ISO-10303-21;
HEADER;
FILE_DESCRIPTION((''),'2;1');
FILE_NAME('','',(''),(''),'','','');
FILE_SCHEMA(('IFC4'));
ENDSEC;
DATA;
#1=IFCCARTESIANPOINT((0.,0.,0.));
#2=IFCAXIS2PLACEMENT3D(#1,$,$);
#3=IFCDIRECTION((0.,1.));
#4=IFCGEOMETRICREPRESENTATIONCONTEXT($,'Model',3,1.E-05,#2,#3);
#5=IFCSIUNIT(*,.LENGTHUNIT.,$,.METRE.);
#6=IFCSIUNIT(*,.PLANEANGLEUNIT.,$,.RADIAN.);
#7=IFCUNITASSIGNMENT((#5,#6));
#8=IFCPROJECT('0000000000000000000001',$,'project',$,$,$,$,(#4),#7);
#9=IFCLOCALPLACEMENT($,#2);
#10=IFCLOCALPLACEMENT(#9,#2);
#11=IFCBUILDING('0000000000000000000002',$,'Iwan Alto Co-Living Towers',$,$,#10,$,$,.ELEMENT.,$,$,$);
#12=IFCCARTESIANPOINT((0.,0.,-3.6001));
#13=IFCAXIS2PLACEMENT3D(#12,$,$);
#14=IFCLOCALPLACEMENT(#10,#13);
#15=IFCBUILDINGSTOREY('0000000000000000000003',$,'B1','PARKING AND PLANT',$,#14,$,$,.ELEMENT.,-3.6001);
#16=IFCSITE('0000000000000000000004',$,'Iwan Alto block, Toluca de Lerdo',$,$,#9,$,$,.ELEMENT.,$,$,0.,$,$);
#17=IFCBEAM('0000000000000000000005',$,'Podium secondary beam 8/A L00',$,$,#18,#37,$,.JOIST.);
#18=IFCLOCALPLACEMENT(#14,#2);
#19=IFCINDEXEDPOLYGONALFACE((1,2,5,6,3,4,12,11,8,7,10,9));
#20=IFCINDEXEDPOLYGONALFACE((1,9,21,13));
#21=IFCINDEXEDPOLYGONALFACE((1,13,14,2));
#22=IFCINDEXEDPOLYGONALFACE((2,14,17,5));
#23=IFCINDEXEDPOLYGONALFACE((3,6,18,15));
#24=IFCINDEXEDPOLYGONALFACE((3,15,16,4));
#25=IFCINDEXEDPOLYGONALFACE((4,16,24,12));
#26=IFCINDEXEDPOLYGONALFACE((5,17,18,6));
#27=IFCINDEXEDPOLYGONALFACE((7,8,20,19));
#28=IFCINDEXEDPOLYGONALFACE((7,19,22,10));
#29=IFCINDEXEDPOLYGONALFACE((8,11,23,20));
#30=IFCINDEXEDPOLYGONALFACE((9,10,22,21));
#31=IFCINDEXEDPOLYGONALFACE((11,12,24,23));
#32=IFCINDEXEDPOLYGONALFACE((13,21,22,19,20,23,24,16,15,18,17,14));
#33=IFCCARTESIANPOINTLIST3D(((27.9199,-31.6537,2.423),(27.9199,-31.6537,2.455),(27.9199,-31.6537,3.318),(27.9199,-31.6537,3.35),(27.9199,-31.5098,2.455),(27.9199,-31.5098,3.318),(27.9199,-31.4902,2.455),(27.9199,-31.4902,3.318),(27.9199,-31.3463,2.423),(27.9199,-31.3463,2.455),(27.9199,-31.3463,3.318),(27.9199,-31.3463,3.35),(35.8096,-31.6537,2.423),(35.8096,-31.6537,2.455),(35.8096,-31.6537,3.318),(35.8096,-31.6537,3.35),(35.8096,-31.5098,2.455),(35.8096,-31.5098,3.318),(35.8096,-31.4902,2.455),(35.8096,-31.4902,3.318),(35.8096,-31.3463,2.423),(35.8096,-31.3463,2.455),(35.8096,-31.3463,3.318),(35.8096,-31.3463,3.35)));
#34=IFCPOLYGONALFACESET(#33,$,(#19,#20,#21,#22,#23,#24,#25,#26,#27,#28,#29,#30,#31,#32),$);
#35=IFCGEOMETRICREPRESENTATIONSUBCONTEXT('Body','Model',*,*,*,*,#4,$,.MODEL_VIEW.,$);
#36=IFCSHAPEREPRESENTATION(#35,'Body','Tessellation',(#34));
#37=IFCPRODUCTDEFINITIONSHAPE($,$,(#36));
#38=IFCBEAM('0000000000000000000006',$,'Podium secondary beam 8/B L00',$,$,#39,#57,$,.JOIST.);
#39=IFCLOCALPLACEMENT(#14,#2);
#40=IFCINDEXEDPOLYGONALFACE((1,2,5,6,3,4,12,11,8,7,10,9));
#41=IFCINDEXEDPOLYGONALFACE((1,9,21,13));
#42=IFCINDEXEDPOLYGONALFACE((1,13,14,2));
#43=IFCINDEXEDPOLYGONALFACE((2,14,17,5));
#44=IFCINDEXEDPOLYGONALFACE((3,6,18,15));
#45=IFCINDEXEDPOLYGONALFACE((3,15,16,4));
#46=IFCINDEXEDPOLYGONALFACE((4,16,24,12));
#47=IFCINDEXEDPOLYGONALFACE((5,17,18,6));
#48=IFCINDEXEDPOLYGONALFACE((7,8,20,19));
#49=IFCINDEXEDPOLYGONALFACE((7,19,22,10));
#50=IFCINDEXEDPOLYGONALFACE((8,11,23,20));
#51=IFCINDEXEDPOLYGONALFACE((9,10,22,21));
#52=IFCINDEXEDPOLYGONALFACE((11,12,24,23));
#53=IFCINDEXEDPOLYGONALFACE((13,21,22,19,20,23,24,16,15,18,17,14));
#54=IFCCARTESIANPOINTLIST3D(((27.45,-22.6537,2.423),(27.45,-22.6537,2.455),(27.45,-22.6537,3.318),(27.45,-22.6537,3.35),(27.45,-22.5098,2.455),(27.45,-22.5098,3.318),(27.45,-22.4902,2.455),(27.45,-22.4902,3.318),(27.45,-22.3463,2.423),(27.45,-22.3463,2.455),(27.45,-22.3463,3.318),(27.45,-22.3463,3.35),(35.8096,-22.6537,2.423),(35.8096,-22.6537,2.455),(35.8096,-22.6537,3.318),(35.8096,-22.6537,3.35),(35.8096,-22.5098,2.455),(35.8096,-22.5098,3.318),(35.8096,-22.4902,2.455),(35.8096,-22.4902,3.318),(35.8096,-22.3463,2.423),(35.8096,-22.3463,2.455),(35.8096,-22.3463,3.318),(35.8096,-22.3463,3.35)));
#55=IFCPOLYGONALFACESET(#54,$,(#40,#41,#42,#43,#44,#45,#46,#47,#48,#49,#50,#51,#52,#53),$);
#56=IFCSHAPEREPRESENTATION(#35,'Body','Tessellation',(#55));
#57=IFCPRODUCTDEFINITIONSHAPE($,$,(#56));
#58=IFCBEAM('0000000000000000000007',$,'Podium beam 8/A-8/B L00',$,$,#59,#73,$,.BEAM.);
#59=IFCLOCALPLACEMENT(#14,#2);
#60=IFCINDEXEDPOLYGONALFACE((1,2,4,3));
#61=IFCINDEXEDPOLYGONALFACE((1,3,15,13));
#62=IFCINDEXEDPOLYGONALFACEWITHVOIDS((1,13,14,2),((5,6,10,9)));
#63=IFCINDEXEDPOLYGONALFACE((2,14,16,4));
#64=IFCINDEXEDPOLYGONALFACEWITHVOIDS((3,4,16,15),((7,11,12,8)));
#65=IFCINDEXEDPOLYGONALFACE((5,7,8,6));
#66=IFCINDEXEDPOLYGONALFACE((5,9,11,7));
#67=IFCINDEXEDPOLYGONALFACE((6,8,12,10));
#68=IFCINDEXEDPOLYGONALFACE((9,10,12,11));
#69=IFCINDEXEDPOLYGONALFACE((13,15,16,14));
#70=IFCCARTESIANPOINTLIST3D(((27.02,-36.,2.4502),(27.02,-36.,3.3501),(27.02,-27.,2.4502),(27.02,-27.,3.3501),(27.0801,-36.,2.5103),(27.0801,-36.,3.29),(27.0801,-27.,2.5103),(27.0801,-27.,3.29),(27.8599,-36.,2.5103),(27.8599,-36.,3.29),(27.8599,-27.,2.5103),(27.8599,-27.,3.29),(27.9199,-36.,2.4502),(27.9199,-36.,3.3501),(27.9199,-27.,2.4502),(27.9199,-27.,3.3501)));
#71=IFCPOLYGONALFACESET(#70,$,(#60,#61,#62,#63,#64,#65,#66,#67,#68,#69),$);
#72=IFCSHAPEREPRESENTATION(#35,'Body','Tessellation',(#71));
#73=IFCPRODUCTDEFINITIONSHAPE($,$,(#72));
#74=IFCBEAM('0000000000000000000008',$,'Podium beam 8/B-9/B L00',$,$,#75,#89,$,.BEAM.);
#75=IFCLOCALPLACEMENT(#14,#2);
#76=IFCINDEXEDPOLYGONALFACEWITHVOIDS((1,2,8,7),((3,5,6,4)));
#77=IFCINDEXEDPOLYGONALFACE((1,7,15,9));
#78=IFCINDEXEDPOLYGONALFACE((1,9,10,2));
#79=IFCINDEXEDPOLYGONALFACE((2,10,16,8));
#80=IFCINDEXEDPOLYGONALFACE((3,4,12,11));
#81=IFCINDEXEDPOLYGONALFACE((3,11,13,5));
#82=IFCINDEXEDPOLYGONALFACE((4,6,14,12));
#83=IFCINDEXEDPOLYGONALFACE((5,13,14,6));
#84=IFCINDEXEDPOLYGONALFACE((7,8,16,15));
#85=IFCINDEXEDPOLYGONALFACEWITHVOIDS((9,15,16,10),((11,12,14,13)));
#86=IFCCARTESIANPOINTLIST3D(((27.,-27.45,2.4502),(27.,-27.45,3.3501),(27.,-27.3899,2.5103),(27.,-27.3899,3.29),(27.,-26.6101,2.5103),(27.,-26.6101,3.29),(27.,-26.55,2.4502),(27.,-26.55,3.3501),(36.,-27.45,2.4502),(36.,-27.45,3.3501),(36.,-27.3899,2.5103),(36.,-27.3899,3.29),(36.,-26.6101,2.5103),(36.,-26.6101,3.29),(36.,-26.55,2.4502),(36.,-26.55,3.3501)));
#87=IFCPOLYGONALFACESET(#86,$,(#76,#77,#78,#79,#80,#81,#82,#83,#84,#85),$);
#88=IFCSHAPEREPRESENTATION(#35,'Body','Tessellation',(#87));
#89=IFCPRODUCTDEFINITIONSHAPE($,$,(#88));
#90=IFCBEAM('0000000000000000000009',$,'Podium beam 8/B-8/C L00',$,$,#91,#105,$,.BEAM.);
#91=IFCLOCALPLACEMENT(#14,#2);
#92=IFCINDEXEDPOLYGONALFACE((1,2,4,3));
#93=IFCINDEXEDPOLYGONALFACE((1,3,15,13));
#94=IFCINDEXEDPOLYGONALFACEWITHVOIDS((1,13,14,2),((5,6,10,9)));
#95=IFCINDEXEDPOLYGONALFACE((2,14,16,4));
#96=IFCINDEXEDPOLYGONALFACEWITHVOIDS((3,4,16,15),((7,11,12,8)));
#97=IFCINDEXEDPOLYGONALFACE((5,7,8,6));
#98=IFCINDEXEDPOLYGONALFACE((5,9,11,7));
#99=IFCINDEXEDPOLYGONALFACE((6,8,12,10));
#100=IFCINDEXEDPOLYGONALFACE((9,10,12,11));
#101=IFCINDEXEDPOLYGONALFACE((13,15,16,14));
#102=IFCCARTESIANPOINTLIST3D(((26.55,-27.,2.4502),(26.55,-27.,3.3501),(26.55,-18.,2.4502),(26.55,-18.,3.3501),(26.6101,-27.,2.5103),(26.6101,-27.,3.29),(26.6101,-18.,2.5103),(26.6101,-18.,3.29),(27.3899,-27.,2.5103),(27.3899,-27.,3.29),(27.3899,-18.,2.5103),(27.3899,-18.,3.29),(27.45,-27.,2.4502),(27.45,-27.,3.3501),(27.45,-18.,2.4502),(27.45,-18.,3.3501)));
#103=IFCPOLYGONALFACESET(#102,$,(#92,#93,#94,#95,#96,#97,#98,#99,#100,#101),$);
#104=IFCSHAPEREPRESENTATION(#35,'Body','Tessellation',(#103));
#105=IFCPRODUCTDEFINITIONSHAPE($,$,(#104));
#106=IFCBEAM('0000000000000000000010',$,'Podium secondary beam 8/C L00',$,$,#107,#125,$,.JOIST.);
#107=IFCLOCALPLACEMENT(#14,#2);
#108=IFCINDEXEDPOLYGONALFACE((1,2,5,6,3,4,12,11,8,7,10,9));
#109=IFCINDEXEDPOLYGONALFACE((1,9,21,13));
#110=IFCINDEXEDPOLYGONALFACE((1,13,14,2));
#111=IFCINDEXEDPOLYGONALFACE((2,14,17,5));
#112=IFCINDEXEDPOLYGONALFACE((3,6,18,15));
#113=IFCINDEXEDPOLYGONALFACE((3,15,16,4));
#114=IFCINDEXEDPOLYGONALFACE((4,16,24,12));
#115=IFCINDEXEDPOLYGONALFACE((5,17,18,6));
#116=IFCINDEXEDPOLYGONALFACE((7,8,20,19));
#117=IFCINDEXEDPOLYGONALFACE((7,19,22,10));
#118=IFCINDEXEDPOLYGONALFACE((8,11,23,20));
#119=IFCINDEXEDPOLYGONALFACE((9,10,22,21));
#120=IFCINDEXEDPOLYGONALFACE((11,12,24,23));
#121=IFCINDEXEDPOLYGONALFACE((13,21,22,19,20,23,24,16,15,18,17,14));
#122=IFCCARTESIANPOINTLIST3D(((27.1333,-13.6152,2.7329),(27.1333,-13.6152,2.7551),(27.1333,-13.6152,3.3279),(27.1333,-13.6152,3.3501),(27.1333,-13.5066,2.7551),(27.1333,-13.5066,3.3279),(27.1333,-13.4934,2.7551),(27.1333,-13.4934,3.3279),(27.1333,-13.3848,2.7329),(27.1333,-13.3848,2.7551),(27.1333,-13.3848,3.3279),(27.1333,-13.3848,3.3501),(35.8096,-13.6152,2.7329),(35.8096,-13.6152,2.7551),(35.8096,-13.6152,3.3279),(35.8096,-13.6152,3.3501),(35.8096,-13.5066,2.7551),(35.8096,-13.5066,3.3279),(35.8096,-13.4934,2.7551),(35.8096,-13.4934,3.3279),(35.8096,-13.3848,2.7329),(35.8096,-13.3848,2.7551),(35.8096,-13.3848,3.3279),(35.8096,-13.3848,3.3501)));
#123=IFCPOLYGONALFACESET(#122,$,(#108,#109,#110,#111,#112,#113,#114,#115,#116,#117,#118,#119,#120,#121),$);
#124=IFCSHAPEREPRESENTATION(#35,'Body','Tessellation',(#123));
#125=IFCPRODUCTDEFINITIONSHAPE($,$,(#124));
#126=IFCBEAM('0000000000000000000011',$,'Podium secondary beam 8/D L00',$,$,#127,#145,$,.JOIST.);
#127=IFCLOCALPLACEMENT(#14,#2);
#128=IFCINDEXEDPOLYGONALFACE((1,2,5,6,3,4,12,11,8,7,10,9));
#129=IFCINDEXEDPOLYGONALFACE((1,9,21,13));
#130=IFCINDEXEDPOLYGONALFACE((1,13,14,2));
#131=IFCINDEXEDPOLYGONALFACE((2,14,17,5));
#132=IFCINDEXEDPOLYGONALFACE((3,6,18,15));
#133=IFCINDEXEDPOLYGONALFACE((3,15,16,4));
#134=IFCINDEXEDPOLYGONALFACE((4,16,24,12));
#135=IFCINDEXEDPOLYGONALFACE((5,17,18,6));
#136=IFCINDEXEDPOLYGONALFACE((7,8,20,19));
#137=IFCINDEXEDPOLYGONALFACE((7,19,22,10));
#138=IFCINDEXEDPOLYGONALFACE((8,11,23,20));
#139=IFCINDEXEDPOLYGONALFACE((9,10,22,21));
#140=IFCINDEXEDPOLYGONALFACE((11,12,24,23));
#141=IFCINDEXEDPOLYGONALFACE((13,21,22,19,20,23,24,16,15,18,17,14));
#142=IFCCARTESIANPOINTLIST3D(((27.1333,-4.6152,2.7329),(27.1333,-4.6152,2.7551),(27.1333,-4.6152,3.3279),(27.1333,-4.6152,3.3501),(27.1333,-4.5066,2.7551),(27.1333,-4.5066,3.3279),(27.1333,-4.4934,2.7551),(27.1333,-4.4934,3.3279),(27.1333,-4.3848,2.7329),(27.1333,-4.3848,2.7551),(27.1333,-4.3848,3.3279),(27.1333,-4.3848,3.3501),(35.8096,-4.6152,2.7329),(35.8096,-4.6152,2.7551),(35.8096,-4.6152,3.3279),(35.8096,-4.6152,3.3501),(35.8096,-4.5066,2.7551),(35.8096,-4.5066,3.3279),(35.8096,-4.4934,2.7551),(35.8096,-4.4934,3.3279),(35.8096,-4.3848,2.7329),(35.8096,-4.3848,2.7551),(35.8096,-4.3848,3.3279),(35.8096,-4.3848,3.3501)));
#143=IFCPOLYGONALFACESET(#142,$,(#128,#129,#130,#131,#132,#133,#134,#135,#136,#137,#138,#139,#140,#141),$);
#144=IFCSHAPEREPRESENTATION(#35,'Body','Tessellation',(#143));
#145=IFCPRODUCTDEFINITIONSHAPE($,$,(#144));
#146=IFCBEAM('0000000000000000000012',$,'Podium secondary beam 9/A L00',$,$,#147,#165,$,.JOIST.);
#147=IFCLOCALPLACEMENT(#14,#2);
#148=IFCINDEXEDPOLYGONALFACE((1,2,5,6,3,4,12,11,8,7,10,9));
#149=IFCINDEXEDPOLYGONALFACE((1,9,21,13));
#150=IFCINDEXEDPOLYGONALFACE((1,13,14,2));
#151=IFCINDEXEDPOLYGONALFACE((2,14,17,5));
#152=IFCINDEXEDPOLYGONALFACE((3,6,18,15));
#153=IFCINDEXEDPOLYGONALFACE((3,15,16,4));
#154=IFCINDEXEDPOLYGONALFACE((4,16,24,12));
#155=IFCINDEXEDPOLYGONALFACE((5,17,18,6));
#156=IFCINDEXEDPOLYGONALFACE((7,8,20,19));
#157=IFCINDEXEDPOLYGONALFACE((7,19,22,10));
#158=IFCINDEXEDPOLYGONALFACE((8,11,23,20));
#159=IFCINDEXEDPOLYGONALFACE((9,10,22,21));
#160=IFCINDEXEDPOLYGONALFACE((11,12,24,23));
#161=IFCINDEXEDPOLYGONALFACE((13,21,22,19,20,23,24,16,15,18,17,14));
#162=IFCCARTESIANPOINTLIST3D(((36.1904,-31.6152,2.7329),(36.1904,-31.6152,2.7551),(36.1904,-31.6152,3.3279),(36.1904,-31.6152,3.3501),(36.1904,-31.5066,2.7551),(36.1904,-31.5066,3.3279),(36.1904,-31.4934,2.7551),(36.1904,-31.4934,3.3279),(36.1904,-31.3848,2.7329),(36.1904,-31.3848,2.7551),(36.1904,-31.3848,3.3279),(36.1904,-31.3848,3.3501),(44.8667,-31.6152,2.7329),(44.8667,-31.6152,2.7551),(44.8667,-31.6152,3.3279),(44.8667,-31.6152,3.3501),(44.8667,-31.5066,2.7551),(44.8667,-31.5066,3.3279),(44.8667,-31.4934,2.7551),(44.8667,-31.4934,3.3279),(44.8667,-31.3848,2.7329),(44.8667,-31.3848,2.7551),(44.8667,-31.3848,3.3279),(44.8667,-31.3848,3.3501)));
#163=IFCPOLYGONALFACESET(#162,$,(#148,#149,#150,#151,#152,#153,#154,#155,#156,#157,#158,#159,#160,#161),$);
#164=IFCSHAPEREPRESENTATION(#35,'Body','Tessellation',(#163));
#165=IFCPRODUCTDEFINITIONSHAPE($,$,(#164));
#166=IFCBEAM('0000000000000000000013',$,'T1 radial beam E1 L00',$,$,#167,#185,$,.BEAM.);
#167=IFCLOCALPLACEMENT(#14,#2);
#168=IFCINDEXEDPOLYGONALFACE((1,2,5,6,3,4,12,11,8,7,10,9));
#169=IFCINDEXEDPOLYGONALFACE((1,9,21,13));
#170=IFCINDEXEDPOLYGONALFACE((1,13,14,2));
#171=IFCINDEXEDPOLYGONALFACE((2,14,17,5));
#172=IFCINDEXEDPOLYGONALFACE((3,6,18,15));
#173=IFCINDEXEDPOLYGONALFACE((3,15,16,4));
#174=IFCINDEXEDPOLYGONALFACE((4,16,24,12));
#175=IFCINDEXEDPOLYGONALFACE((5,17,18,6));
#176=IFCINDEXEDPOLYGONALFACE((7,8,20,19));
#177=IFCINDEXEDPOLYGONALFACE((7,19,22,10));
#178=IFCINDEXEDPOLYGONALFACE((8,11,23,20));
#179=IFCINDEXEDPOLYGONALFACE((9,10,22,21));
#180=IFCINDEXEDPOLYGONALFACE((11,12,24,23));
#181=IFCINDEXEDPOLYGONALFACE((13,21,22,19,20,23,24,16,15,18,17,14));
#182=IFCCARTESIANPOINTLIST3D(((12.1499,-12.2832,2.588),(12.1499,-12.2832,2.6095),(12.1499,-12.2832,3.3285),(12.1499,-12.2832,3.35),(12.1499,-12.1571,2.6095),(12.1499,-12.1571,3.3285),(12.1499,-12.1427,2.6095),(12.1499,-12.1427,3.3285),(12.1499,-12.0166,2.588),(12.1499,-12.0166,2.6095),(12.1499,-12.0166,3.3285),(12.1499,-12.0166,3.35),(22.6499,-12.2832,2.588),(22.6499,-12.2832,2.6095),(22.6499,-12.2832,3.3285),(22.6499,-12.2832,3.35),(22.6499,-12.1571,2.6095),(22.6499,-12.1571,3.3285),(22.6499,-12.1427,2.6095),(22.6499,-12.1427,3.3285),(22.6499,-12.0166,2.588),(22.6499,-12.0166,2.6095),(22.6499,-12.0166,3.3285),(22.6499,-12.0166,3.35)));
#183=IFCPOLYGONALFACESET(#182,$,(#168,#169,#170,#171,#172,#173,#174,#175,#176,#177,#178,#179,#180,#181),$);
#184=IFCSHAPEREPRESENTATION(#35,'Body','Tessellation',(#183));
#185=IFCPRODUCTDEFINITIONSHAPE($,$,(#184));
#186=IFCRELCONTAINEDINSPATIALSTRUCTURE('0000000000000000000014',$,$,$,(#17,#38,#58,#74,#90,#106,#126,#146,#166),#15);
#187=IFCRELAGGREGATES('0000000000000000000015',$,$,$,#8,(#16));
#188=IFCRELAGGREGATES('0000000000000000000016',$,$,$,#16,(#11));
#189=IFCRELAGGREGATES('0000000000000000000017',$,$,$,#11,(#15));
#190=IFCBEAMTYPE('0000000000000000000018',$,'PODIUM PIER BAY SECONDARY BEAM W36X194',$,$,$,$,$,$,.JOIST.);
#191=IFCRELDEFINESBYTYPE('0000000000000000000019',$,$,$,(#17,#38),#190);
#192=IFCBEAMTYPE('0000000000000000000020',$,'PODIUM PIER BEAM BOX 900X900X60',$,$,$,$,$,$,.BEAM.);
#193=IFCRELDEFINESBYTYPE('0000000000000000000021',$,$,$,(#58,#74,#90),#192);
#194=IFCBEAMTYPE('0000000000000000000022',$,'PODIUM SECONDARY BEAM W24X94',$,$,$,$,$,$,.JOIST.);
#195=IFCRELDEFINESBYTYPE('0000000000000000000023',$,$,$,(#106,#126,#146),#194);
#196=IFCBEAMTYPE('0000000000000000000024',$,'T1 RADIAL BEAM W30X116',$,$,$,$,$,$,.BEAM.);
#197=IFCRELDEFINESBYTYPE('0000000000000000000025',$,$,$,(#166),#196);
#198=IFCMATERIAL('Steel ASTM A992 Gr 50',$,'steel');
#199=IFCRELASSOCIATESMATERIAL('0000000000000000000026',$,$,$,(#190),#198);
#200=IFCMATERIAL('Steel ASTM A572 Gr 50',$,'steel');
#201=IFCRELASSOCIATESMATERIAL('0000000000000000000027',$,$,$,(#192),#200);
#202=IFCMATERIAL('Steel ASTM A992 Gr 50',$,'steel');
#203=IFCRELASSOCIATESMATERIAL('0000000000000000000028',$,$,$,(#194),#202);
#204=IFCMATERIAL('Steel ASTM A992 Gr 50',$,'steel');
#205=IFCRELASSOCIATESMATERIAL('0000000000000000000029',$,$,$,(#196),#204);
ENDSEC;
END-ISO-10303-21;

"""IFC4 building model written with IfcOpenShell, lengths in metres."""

from ifc_helpers import new_model, si_unit, direction, frame, origin, origin_2d, place, context, subcontext, project, spatial, hollow_rectangle, i_section, extrude, material, material_profile, profile_set, type_object, element, save


model = new_model("IFC4")

# Units and contexts
model_context = context("Model", 3, precision=1e-05, world=origin(), true_north=direction((0.0, 1.0)))
body_context = subcontext(model_context, "Body", "Model", "MODEL_VIEW")
ifc_project = project(units=[si_unit("LENGTHUNIT", "METRE"), si_unit("PLANEANGLEUNIT", "RADIAN")], contexts=[model_context])

# Site, building, storey
site_placement = place(None, origin())
site = spatial("IfcSite", under=ifc_project, at=site_placement, Name="Iwan Alto block, Toluca de Lerdo", CompositionType="ELEMENT", RefElevation=0.0)
building_placement = place(site_placement, origin())
building = spatial("IfcBuilding", under=site, at=building_placement, Name="Iwan Alto Co-Living Towers", CompositionType="ELEMENT")
storey_placement = place(building_placement, frame((0.0, 0.0, -3.6001)))
storey = spatial("IfcBuildingStorey", under=building, at=storey_placement, Name="B1", Description="PARKING AND PLANT", CompositionType="ELEMENT", Elevation=-3.6001)

# Beams
ifc_material_1 = material(Name="Steel ASTM A992 Gr 50", Category="steel")
ifc_material_profile_1 = material_profile(ifc_material_1, i_section(OverallWidth=0.3074, OverallDepth=0.927, WebThickness=0.0195, FlangeThickness=0.032, at=origin_2d()), Name="W36X194")
ifc_profile_set_1 = profile_set([ifc_material_profile_1], Name="Steel ASTM A992 Gr 50")
beam_type_1 = type_object("IfcBeamType", Name="PODIUM PIER BAY SECONDARY BEAM W36X194", PredefinedType="JOIST", material=ifc_profile_set_1)
beam_1_placement = place(storey_placement, frame((27.9199, -31.5, 2.8865), z_axis=(1.0, 0.0, 0.0), x_axis=(0.0, 1.0, 0.0)))
element("IfcBeam", 1, at=beam_1_placement, inside=storey, type_object=beam_type_1, Name="Podium secondary beam 8/A L00", PredefinedType="JOIST", context=body_context, shape_type="SweptSolid", body=[
    extrude(i_section(OverallWidth=0.3074, OverallDepth=0.927, WebThickness=0.0195, FlangeThickness=0.032, at=origin_2d()), origin(), (0.0, 0.0, 1.0), 7.8896),
])
beam_2_placement = place(storey_placement, frame((27.45, -22.5, 2.8865), z_axis=(1.0, 0.0, 0.0), x_axis=(0.0, 1.0, 0.0)))
element("IfcBeam", 2, at=beam_2_placement, inside=storey, type_object=beam_type_1, Name="Podium secondary beam 8/B L00", PredefinedType="JOIST", context=body_context, shape_type="SweptSolid", body=[
    extrude(i_section(OverallWidth=0.3074, OverallDepth=0.927, WebThickness=0.0195, FlangeThickness=0.032, at=origin_2d()), origin(), (0.0, 0.0, 1.0), 8.3596),
])
ifc_material_2 = material(Name="Steel ASTM A572 Gr 50", Category="steel")
ifc_material_profile_2 = material_profile(ifc_material_2, hollow_rectangle(XDim=0.8999, YDim=0.8999, WallThickness=0.0601, at=origin_2d()), Name="BOX 900X900X60")
ifc_profile_set_2 = profile_set([ifc_material_profile_2], Name="Steel ASTM A572 Gr 50")
beam_type_2 = type_object("IfcBeamType", Name="PODIUM PIER BEAM BOX 900X900X60", PredefinedType="BEAM", material=ifc_profile_set_2)
for number, where, z_axis, x_axis, name in (
    (3, (27.47, -36.0, 2.9001), (0.0, 1.0, 0.0), (-1.0, 0.0, 0.0), "Podium beam 8/A-8/B L00"),
    (4, (27.0, -27.0, 2.9001), (1.0, 0.0, 0.0), (0.0, 1.0, 0.0), "Podium beam 8/B-9/B L00"),
    (5, (27.0, -27.0, 2.9001), (0.0, 1.0, 0.0), (-1.0, 0.0, 0.0), "Podium beam 8/B-8/C L00"),
):
    element("IfcBeam", number, at=place(storey_placement, frame(where, z_axis=z_axis, x_axis=x_axis)), inside=storey, type_object=beam_type_2, Name=name, PredefinedType="BEAM", context=body_context, shape_type="SweptSolid", body=[
        extrude(hollow_rectangle(XDim=0.8999, YDim=0.8999, WallThickness=0.0601, at=origin_2d()), origin(), (0.0, 0.0, 1.0), 9.0),
    ])
ifc_material_3 = material(Name="Steel ASTM A992 Gr 50", Category="steel")
ifc_material_profile_3 = material_profile(ifc_material_3, i_section(OverallWidth=0.2305, OverallDepth=0.6172, WebThickness=0.0132, FlangeThickness=0.0222, at=origin_2d()), Name="W24X94")
ifc_profile_set_3 = profile_set([ifc_material_profile_3], Name="Steel ASTM A992 Gr 50")
beam_type_3 = type_object("IfcBeamType", Name="PODIUM SECONDARY BEAM W24X94", PredefinedType="JOIST", material=ifc_profile_set_3)
for number, where, z_axis, x_axis, name in (
    (6, (27.1333, -13.5, 3.0415), (1.0, 0.0, 0.0), (0.0, 1.0, 0.0), "Podium secondary beam 8/C L00"),
    (7, (27.1333, -4.5, 3.0415), (1.0, 0.0, 0.0), (0.0, 1.0, 0.0), "Podium secondary beam 8/D L00"),
    (8, (36.1904, -31.5, 3.0415), (1.0, 0.0, 0.0), (0.0, 1.0, 0.0), "Podium secondary beam 9/A L00"),
):
    element("IfcBeam", number, at=place(storey_placement, frame(where, z_axis=z_axis, x_axis=x_axis)), inside=storey, type_object=beam_type_3, Name=name, PredefinedType="JOIST", context=body_context, shape_type="SweptSolid", body=[
        extrude(i_section(OverallWidth=0.2305, OverallDepth=0.6172, WebThickness=0.0132, FlangeThickness=0.0222, at=origin_2d()), origin(), (0.0, 0.0, 1.0), 8.6763),
    ])
ifc_material_4 = material(Name="Steel ASTM A992 Gr 50", Category="steel")
ifc_material_profile_4 = material_profile(ifc_material_4, i_section(OverallWidth=0.2666, OverallDepth=0.762, WebThickness=0.0144, FlangeThickness=0.0215, at=origin_2d()), Name="W30X116")
ifc_profile_set_4 = profile_set([ifc_material_profile_4], Name="Steel ASTM A992 Gr 50")
beam_type_4 = type_object("IfcBeamType", Name="T1 RADIAL BEAM W30X116", PredefinedType="BEAM", material=ifc_profile_set_4)
beam_3_placement = place(storey_placement, frame((22.6499, -12.1499, 2.969), z_axis=(-1.0, 0.0, 0.0), x_axis=(0.0, -1.0, 0.0)))
element("IfcBeam", 9, at=beam_3_placement, inside=storey, type_object=beam_type_4, Name="T1 radial beam E1 L00", PredefinedType="BEAM", context=body_context, shape_type="SweptSolid", body=[
    extrude(i_section(OverallWidth=0.2666, OverallDepth=0.762, WebThickness=0.0144, FlangeThickness=0.0215, at=origin_2d()), origin(), (0.0, 0.0, 1.0), 10.5),
])

save(model, "model.ifc")
